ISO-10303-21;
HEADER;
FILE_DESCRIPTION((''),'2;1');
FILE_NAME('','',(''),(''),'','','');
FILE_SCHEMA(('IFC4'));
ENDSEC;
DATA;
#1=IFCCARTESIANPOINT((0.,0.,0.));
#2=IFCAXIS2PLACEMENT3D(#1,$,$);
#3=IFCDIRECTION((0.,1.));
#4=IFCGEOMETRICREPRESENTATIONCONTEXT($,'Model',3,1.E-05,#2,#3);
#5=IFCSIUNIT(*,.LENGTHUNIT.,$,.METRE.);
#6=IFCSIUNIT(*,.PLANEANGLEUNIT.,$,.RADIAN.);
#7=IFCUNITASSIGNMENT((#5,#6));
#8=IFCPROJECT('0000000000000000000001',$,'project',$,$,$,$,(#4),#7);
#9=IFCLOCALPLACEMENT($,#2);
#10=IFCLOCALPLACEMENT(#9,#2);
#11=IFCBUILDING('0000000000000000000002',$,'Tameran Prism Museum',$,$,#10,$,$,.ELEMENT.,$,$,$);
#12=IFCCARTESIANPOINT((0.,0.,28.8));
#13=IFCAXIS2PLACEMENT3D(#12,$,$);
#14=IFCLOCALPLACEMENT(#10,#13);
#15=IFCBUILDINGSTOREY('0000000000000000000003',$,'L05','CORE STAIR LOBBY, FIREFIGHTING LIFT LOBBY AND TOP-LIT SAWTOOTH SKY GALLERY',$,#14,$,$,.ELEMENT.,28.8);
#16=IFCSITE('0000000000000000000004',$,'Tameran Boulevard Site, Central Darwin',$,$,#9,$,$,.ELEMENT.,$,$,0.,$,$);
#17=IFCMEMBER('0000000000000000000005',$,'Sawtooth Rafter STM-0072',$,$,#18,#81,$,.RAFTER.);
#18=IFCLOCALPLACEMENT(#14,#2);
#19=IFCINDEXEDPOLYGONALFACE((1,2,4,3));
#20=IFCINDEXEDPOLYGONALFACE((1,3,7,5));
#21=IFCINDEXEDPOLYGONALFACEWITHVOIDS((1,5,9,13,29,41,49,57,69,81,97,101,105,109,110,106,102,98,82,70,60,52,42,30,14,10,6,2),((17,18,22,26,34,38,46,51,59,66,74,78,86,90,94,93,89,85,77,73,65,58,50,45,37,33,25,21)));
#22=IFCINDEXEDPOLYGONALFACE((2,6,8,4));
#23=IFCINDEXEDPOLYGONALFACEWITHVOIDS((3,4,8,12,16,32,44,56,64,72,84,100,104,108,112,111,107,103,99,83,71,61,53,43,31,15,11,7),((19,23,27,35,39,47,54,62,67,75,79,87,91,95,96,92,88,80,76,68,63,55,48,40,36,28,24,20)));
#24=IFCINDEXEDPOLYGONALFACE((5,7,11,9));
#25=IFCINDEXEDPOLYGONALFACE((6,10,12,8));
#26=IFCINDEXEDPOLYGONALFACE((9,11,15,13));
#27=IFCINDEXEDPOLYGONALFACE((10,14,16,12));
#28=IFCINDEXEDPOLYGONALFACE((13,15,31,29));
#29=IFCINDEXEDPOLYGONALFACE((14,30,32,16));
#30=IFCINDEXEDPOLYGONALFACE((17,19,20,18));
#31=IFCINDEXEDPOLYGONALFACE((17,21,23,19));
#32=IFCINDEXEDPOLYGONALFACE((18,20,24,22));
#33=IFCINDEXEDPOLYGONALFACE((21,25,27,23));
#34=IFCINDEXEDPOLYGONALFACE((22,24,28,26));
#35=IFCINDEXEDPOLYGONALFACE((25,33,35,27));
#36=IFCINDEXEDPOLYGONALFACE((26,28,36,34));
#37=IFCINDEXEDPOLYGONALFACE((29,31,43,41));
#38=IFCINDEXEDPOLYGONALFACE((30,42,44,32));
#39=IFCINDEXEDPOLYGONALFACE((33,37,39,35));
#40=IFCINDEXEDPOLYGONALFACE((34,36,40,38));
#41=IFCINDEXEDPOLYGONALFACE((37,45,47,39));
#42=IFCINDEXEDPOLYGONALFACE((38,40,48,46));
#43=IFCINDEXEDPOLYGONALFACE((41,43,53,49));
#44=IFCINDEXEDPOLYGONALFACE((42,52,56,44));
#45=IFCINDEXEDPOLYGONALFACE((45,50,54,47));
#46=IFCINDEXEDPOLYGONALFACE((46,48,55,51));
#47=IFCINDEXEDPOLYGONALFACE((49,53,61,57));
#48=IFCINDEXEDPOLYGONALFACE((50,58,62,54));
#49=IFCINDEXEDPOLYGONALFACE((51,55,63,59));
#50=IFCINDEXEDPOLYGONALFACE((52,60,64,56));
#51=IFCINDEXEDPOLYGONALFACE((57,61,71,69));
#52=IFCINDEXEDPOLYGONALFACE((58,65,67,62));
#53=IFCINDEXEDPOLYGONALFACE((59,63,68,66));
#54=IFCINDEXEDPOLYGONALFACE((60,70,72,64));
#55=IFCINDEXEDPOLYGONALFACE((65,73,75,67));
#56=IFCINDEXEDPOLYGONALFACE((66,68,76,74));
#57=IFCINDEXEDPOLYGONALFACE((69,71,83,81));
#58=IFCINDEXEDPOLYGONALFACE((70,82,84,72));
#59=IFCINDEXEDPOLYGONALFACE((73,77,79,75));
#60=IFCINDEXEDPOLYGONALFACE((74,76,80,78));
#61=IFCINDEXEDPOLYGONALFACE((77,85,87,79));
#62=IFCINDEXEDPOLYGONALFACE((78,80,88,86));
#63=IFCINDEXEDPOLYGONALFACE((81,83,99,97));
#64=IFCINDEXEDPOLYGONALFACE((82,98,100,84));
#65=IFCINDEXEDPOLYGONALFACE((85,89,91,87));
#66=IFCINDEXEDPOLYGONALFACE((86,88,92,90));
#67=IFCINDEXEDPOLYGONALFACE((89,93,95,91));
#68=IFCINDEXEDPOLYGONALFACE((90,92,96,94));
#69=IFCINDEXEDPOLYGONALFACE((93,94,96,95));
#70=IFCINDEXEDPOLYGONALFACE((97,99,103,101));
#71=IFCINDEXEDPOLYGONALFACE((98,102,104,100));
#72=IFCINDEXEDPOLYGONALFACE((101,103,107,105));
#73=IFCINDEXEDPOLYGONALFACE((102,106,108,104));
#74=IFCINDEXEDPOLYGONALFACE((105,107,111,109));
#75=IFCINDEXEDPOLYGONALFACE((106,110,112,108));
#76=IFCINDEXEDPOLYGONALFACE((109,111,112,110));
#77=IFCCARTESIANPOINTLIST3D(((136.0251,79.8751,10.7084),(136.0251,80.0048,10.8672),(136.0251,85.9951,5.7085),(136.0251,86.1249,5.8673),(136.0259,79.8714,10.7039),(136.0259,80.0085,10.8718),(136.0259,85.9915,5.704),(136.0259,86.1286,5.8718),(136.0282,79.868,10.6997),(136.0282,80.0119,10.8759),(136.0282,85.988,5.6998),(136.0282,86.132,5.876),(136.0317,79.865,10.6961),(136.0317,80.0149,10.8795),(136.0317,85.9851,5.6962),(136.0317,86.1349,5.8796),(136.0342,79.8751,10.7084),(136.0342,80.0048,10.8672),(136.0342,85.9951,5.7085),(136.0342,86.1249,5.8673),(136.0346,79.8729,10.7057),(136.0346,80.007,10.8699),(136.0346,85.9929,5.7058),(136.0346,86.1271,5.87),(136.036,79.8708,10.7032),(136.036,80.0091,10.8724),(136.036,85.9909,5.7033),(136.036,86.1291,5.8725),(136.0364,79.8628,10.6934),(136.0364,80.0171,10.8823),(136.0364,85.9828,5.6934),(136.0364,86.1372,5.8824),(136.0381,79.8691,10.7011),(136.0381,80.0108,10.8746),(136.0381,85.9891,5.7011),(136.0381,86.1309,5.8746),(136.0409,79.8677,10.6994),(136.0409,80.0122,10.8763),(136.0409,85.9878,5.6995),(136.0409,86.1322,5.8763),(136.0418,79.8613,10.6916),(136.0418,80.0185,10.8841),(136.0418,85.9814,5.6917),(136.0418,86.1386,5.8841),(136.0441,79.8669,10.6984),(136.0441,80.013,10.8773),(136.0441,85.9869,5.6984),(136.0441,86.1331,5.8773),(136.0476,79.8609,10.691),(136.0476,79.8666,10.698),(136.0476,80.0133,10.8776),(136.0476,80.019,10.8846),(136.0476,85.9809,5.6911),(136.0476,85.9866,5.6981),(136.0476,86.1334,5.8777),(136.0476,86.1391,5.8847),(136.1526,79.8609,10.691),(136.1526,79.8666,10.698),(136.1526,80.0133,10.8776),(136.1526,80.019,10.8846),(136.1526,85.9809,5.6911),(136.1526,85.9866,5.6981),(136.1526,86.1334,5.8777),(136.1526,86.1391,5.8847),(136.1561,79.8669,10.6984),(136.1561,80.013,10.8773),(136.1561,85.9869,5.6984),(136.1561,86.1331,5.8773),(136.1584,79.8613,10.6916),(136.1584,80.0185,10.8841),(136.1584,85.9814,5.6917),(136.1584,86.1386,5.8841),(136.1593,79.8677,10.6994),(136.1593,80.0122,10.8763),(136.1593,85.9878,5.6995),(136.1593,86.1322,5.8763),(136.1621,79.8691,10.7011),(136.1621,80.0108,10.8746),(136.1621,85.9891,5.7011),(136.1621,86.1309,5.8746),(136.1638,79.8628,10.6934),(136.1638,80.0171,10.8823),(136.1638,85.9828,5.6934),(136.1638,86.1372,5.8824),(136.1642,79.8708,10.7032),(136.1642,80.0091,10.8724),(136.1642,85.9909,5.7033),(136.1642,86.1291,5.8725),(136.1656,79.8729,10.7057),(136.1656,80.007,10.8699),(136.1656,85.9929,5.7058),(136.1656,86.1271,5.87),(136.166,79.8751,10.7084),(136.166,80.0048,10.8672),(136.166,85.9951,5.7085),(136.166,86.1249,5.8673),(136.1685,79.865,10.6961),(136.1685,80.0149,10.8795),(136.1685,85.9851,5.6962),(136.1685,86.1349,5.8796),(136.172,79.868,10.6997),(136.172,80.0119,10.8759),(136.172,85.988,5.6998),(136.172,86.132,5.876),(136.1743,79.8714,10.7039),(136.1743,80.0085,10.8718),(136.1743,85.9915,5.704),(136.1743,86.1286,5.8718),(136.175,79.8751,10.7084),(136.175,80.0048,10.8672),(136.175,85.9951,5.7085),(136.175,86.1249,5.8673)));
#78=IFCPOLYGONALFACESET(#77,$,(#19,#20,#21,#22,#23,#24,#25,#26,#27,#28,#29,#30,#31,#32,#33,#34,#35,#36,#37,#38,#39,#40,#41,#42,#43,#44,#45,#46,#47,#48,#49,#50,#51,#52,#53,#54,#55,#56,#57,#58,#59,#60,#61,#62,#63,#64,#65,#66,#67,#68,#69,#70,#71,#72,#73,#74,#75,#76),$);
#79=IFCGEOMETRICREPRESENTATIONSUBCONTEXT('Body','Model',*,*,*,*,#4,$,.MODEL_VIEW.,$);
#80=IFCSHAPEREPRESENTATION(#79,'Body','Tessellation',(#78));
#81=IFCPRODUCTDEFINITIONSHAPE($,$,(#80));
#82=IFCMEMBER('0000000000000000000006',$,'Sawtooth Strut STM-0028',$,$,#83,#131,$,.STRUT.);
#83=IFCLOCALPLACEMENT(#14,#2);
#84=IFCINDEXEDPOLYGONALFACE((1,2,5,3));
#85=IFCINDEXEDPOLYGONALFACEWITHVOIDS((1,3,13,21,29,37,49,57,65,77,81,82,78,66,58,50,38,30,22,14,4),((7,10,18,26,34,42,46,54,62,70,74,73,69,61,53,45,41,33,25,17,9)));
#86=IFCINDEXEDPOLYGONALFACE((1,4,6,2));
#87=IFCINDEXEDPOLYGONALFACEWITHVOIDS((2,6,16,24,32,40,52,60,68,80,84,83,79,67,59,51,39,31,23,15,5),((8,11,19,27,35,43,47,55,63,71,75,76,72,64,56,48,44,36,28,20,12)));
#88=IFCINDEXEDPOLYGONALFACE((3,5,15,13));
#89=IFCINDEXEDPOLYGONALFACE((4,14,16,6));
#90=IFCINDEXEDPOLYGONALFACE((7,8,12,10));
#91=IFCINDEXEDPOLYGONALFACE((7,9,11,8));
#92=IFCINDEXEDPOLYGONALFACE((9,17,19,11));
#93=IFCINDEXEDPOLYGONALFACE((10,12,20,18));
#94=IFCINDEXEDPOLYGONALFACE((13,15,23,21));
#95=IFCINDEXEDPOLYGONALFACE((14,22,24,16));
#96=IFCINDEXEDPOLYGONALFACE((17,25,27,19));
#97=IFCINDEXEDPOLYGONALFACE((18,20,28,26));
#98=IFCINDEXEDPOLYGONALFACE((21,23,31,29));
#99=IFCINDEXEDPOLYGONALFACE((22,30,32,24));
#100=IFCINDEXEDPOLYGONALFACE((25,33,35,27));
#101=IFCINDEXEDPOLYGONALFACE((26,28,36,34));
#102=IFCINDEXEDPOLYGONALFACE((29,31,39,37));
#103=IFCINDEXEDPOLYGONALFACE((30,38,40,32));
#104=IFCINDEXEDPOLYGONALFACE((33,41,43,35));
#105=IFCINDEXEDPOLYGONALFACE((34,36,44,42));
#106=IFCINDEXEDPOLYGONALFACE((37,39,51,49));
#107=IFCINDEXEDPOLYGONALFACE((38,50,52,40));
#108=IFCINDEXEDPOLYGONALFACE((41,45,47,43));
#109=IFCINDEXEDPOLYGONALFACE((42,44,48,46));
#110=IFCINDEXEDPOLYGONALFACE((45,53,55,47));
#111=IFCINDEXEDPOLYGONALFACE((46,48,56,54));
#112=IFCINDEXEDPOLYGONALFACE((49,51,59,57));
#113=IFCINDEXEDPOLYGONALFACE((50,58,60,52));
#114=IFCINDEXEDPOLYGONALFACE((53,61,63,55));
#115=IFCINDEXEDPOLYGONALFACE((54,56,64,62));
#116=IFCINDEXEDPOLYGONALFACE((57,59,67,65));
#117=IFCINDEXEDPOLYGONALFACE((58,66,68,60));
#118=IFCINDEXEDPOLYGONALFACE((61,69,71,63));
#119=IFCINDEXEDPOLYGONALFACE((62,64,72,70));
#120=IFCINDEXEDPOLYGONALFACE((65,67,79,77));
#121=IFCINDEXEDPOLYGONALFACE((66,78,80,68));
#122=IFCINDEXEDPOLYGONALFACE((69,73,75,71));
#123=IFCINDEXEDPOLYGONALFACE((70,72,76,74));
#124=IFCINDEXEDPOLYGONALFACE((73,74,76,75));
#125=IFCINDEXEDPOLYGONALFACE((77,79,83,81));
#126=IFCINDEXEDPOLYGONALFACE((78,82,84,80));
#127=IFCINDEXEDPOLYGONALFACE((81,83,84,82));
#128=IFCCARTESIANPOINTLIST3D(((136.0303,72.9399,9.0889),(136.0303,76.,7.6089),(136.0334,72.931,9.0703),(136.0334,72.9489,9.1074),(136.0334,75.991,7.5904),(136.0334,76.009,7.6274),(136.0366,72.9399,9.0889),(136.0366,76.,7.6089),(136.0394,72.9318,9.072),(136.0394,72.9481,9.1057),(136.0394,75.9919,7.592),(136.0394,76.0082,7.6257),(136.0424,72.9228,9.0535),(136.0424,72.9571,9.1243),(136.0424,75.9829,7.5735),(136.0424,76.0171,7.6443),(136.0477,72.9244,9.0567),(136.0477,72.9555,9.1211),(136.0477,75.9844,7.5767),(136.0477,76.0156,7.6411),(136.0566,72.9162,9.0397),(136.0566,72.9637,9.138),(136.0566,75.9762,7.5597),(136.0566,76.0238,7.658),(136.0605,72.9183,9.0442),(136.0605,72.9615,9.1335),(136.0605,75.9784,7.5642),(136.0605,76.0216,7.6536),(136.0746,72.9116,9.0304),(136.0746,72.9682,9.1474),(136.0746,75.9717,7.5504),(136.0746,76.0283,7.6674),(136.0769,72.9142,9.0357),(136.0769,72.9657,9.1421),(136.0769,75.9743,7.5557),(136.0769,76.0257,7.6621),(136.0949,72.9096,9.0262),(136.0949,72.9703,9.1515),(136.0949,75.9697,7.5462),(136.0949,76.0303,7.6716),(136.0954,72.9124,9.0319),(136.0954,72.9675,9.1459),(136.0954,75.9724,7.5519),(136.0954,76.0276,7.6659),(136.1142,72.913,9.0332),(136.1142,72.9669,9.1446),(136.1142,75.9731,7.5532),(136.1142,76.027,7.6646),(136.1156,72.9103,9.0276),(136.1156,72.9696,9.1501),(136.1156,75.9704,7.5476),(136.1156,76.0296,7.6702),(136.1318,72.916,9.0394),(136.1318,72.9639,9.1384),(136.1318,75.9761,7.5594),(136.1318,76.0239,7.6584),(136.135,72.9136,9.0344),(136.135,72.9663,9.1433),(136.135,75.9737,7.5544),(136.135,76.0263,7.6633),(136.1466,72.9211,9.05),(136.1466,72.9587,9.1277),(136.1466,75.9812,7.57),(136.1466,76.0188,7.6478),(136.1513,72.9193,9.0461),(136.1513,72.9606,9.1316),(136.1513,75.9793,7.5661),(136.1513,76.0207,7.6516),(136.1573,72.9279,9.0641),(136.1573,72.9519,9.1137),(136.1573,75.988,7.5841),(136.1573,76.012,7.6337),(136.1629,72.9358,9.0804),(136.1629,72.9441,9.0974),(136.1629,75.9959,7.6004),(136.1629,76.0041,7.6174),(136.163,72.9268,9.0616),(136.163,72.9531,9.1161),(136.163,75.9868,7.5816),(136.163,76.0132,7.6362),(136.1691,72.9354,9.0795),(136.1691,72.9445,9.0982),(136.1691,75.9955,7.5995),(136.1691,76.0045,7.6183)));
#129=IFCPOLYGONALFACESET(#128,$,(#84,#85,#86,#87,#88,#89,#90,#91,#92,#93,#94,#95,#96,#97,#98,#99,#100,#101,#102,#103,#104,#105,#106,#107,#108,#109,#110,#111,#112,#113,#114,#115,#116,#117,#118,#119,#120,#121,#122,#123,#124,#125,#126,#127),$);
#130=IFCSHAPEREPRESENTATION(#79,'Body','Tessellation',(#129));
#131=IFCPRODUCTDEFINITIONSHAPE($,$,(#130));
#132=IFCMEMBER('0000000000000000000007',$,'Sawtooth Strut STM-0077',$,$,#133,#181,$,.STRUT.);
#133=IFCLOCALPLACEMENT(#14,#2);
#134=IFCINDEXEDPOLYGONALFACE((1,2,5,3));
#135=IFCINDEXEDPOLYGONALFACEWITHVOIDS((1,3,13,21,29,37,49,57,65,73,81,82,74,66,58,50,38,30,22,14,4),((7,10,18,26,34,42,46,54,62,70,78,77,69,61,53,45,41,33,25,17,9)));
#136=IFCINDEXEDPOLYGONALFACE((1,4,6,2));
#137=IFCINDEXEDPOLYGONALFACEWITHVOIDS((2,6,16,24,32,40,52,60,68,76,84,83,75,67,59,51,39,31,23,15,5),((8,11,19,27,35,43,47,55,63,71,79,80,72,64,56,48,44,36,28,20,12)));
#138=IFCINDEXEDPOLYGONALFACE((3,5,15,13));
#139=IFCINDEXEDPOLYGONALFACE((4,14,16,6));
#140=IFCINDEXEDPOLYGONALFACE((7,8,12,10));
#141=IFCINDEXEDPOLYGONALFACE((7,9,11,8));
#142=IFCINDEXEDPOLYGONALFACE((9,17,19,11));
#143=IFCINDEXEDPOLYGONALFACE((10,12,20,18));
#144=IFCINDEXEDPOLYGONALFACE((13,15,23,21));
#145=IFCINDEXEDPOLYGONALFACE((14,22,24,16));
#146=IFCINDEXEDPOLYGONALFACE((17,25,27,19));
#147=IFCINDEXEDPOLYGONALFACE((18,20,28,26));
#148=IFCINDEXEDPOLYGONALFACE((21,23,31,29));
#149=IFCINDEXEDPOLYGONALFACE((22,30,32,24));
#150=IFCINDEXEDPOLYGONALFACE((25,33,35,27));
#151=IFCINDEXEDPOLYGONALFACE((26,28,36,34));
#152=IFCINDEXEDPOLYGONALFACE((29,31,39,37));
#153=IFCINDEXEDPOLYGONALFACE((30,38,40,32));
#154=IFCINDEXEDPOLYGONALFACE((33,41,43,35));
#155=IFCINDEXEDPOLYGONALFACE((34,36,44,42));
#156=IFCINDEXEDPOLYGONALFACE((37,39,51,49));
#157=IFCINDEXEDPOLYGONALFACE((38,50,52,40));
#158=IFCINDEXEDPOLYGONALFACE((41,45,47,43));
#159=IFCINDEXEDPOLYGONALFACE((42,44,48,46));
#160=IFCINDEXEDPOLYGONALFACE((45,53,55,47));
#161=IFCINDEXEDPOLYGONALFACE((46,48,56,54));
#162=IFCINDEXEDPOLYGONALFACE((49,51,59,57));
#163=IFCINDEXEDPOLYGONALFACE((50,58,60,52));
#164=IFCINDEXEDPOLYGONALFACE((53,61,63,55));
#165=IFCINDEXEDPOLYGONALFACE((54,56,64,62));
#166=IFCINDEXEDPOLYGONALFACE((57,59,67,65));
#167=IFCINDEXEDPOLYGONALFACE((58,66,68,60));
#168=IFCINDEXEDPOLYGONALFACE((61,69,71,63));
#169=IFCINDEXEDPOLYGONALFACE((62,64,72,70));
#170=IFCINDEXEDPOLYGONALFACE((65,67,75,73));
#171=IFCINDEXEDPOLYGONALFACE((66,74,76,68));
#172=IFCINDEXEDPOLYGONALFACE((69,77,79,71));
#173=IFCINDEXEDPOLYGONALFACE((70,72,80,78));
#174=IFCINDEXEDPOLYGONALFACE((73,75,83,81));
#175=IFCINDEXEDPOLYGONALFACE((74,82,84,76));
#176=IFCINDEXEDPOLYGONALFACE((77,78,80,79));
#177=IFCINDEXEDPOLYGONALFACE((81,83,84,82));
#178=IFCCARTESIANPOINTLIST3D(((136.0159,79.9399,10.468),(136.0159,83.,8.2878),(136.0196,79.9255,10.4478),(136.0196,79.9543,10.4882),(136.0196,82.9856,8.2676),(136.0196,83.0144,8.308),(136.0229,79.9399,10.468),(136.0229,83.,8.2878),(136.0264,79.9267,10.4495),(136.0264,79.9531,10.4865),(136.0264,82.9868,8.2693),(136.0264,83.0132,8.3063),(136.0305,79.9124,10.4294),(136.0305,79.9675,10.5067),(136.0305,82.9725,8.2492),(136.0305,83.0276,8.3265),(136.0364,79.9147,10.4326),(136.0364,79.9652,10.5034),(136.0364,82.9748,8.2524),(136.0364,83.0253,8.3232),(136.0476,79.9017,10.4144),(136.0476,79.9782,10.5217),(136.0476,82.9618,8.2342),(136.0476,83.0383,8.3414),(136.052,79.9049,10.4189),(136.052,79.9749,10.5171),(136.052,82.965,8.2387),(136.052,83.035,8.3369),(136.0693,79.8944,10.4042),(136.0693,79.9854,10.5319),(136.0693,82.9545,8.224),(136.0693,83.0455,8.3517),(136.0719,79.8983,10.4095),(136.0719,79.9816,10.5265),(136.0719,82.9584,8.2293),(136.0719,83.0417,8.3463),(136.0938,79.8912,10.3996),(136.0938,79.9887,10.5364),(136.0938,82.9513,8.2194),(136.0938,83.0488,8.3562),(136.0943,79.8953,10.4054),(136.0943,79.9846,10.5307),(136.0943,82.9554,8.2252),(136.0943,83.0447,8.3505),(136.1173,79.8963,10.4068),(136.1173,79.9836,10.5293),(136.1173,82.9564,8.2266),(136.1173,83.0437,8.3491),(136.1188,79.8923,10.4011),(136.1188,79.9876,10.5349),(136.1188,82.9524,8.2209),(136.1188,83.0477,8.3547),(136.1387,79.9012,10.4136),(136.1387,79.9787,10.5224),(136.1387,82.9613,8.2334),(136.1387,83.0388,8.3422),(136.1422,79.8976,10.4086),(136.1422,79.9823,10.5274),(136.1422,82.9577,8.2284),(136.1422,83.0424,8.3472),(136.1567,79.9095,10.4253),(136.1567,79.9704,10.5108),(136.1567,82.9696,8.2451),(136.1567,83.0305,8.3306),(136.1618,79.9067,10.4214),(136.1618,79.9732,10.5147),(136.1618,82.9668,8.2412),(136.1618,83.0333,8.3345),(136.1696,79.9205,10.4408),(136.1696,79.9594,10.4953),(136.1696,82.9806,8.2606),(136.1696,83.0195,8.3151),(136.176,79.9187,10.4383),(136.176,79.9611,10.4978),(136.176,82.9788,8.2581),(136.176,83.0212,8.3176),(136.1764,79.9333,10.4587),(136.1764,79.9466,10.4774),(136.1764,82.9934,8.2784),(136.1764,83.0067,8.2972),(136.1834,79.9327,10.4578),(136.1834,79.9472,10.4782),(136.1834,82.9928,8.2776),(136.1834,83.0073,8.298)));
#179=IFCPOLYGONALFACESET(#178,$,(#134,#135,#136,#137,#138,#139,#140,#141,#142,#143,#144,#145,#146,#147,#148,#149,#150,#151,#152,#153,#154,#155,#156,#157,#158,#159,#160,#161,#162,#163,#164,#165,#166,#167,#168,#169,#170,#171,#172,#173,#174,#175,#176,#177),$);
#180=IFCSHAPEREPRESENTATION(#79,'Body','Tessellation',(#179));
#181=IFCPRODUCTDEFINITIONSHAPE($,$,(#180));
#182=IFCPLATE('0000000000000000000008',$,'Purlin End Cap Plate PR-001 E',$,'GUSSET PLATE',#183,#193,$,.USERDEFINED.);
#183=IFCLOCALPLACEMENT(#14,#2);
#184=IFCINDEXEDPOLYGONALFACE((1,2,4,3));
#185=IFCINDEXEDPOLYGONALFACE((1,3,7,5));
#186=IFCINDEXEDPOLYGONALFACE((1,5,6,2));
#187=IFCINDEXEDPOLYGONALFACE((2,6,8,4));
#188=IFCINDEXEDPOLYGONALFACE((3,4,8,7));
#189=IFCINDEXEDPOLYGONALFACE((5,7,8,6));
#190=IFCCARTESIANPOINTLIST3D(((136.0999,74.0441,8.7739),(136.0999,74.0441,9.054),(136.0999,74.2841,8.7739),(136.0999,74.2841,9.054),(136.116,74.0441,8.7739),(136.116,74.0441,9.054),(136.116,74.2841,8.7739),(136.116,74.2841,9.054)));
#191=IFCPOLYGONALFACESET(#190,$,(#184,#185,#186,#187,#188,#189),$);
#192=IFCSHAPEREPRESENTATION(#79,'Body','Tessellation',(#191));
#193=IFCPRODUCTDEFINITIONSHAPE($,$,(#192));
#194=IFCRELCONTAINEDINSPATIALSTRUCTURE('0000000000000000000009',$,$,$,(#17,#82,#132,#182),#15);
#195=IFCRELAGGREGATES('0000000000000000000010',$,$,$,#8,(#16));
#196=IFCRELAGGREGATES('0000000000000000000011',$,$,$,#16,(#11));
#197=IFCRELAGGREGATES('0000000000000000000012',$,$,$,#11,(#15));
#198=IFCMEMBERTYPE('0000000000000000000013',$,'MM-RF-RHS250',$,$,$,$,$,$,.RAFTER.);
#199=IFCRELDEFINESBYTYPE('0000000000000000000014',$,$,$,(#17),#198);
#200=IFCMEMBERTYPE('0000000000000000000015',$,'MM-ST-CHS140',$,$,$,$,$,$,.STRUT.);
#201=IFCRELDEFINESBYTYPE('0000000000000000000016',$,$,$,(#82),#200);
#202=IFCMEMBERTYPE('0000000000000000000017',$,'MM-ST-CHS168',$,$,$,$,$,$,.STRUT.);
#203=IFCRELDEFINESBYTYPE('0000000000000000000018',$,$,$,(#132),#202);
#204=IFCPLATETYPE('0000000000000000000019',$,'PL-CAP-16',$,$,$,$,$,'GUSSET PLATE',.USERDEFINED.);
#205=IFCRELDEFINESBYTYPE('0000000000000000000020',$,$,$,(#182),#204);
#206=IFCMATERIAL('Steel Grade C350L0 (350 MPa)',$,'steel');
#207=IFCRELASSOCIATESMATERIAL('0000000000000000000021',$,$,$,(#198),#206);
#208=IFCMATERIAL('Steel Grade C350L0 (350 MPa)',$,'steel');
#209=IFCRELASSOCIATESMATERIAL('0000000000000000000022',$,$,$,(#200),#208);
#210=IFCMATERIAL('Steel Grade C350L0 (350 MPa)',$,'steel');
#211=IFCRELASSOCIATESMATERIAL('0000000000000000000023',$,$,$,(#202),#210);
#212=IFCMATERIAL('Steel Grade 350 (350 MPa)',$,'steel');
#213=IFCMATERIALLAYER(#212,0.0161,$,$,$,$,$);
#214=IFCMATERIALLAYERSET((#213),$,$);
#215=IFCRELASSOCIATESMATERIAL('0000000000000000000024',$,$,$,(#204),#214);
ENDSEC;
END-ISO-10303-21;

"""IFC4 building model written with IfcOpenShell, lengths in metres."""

from ifc_helpers import new_model, si_unit, direction, frame, origin, origin_2d, place, context, subcontext, project, spatial, rectangle, hollow_rectangle, hollow_circle, extrude, material, layer, layer_set, material_profile, profile_set, type_object, element, save


model = new_model("IFC4")

# Units and contexts
model_context = context("Model", 3, precision=1e-05, world=origin(), true_north=direction((0.0, 1.0)))
body_context = subcontext(model_context, "Body", "Model", "MODEL_VIEW")
ifc_project = project(units=[si_unit("LENGTHUNIT", "METRE"), si_unit("PLANEANGLEUNIT", "RADIAN")], contexts=[model_context])

# Site, building, storey
site_placement = place(None, origin())
site = spatial("IfcSite", under=ifc_project, at=site_placement, Name="Tameran Boulevard Site, Central Darwin", CompositionType="ELEMENT", RefElevation=0.0)
building_placement = place(site_placement, origin())
building = spatial("IfcBuilding", under=site, at=building_placement, Name="Tameran Prism Museum", CompositionType="ELEMENT")
storey_placement = place(building_placement, frame((0.0, 0.0, 28.8)))
storey = spatial("IfcBuildingStorey", under=building, at=storey_placement, Name="L05", Description="CORE STAIR LOBBY, FIREFIGHTING LIFT LOBBY AND TOP-LIT SAWTOOTH SKY GALLERY", CompositionType="ELEMENT", Elevation=28.8)

# Members
ifc_material_1 = material(Name="Steel Grade C350L0 (350 MPa)", Category="steel")
ifc_material_profile_1 = material_profile(ifc_material_1, hollow_rectangle(XDim=0.1499, YDim=0.25, WallThickness=0.009, InnerFilletRadius=0.0134, OuterFilletRadius=0.0225, at=origin_2d()))
ifc_profile_set_1 = profile_set([ifc_material_profile_1])
member_type_1 = type_object("IfcMemberType", Name="MM-RF-RHS250", PredefinedType="RAFTER", material=ifc_profile_set_1)
member_1_placement = place(storey_placement, frame((136.1001, 79.9399, 10.7878), z_axis=(0.0, 0.774414, -0.632679), x_axis=(-1.0, 0.0, 0.0)))
element("IfcMember", 1, at=member_1_placement, inside=storey, type_object=member_type_1, Name="Sawtooth Rafter STM-0072", PredefinedType="RAFTER", context=body_context, shape_type="SweptSolid", body=[
    extrude(hollow_rectangle(XDim=0.1499, YDim=0.25, WallThickness=0.009, InnerFilletRadius=0.0134, OuterFilletRadius=0.0225, at=origin_2d()), origin(), (0.0, 0.0, 1.0), 7.9028),
])
ifc_material_2 = material(Name="Steel Grade C350L0 (350 MPa)", Category="steel")
ifc_material_profile_2 = material_profile(ifc_material_2, hollow_circle(Radius=0.0698, WallThickness=0.0063, at=origin_2d()))
ifc_profile_set_2 = profile_set([ifc_material_profile_2])
member_type_2 = type_object("IfcMemberType", Name="MM-ST-CHS140", PredefinedType="STRUT", material=ifc_profile_set_2)
member_2_placement = place(storey_placement, frame((136.1001, 72.9399, 9.0889), z_axis=(0.0, 0.900239, -0.435396), x_axis=(-1.0, 0.0, 0.0)))
element("IfcMember", 2, at=member_2_placement, inside=storey, type_object=member_type_2, Name="Sawtooth Strut STM-0028", PredefinedType="STRUT", context=body_context, shape_type="SweptSolid", body=[
    extrude(hollow_circle(Radius=0.0698, WallThickness=0.0063, at=origin_2d()), origin(), (0.0, 0.0, 1.0), 3.3992),
])
ifc_material_3 = material(Name="Steel Grade C350L0 (350 MPa)", Category="steel")
ifc_material_profile_3 = material_profile(ifc_material_3, hollow_circle(Radius=0.0842, WallThickness=0.0071, at=origin_2d()))
ifc_profile_set_3 = profile_set([ifc_material_profile_3])
member_type_3 = type_object("IfcMemberType", Name="MM-ST-CHS168", PredefinedType="STRUT", material=ifc_profile_set_3)
member_3_placement = place(storey_placement, frame((136.1001, 79.9399, 10.468), z_axis=(0.0, 0.814435, -0.580254), x_axis=(-1.0, 0.0, 0.0)))
element("IfcMember", 3, at=member_3_placement, inside=storey, type_object=member_type_3, Name="Sawtooth Strut STM-0077", PredefinedType="STRUT", context=body_context, shape_type="SweptSolid", body=[
    extrude(hollow_circle(Radius=0.0842, WallThickness=0.0071, at=origin_2d()), origin(), (0.0, 0.0, 1.0), 3.7573),
])

# Plate
ifc_material_4 = material(Name="Steel Grade 350 (350 MPa)", Category="steel")
ifc_layer_1 = layer(ifc_material_4, 0.0161)
ifc_layer_set_1 = layer_set([ifc_layer_1])
plate_type_1 = type_object("IfcPlateType", Name="PL-CAP-16", ElementType="GUSSET PLATE", PredefinedType="USERDEFINED", material=ifc_layer_set_1)
for number, where, z_axis, x_axis, name in (
    (4, (136.1079, 74.1641, 8.7739), (0.0, 0.0, 1.0), (1.0, 0.0, 0.0), "Purlin End Cap Plate PR-001 E"),
):
    element("IfcPlate", number, at=place(storey_placement, frame(where, z_axis=z_axis, x_axis=x_axis)), inside=storey, type_object=plate_type_1, Name=name, ObjectType="GUSSET PLATE", PredefinedType="USERDEFINED", context=body_context, shape_type="SweptSolid", body=[
        extrude(rectangle(XDim=0.0161, YDim=0.24, at=origin_2d()), origin(), (0.0, 0.0, 1.0), 0.28),
    ])

save(model, "model.ifc")
